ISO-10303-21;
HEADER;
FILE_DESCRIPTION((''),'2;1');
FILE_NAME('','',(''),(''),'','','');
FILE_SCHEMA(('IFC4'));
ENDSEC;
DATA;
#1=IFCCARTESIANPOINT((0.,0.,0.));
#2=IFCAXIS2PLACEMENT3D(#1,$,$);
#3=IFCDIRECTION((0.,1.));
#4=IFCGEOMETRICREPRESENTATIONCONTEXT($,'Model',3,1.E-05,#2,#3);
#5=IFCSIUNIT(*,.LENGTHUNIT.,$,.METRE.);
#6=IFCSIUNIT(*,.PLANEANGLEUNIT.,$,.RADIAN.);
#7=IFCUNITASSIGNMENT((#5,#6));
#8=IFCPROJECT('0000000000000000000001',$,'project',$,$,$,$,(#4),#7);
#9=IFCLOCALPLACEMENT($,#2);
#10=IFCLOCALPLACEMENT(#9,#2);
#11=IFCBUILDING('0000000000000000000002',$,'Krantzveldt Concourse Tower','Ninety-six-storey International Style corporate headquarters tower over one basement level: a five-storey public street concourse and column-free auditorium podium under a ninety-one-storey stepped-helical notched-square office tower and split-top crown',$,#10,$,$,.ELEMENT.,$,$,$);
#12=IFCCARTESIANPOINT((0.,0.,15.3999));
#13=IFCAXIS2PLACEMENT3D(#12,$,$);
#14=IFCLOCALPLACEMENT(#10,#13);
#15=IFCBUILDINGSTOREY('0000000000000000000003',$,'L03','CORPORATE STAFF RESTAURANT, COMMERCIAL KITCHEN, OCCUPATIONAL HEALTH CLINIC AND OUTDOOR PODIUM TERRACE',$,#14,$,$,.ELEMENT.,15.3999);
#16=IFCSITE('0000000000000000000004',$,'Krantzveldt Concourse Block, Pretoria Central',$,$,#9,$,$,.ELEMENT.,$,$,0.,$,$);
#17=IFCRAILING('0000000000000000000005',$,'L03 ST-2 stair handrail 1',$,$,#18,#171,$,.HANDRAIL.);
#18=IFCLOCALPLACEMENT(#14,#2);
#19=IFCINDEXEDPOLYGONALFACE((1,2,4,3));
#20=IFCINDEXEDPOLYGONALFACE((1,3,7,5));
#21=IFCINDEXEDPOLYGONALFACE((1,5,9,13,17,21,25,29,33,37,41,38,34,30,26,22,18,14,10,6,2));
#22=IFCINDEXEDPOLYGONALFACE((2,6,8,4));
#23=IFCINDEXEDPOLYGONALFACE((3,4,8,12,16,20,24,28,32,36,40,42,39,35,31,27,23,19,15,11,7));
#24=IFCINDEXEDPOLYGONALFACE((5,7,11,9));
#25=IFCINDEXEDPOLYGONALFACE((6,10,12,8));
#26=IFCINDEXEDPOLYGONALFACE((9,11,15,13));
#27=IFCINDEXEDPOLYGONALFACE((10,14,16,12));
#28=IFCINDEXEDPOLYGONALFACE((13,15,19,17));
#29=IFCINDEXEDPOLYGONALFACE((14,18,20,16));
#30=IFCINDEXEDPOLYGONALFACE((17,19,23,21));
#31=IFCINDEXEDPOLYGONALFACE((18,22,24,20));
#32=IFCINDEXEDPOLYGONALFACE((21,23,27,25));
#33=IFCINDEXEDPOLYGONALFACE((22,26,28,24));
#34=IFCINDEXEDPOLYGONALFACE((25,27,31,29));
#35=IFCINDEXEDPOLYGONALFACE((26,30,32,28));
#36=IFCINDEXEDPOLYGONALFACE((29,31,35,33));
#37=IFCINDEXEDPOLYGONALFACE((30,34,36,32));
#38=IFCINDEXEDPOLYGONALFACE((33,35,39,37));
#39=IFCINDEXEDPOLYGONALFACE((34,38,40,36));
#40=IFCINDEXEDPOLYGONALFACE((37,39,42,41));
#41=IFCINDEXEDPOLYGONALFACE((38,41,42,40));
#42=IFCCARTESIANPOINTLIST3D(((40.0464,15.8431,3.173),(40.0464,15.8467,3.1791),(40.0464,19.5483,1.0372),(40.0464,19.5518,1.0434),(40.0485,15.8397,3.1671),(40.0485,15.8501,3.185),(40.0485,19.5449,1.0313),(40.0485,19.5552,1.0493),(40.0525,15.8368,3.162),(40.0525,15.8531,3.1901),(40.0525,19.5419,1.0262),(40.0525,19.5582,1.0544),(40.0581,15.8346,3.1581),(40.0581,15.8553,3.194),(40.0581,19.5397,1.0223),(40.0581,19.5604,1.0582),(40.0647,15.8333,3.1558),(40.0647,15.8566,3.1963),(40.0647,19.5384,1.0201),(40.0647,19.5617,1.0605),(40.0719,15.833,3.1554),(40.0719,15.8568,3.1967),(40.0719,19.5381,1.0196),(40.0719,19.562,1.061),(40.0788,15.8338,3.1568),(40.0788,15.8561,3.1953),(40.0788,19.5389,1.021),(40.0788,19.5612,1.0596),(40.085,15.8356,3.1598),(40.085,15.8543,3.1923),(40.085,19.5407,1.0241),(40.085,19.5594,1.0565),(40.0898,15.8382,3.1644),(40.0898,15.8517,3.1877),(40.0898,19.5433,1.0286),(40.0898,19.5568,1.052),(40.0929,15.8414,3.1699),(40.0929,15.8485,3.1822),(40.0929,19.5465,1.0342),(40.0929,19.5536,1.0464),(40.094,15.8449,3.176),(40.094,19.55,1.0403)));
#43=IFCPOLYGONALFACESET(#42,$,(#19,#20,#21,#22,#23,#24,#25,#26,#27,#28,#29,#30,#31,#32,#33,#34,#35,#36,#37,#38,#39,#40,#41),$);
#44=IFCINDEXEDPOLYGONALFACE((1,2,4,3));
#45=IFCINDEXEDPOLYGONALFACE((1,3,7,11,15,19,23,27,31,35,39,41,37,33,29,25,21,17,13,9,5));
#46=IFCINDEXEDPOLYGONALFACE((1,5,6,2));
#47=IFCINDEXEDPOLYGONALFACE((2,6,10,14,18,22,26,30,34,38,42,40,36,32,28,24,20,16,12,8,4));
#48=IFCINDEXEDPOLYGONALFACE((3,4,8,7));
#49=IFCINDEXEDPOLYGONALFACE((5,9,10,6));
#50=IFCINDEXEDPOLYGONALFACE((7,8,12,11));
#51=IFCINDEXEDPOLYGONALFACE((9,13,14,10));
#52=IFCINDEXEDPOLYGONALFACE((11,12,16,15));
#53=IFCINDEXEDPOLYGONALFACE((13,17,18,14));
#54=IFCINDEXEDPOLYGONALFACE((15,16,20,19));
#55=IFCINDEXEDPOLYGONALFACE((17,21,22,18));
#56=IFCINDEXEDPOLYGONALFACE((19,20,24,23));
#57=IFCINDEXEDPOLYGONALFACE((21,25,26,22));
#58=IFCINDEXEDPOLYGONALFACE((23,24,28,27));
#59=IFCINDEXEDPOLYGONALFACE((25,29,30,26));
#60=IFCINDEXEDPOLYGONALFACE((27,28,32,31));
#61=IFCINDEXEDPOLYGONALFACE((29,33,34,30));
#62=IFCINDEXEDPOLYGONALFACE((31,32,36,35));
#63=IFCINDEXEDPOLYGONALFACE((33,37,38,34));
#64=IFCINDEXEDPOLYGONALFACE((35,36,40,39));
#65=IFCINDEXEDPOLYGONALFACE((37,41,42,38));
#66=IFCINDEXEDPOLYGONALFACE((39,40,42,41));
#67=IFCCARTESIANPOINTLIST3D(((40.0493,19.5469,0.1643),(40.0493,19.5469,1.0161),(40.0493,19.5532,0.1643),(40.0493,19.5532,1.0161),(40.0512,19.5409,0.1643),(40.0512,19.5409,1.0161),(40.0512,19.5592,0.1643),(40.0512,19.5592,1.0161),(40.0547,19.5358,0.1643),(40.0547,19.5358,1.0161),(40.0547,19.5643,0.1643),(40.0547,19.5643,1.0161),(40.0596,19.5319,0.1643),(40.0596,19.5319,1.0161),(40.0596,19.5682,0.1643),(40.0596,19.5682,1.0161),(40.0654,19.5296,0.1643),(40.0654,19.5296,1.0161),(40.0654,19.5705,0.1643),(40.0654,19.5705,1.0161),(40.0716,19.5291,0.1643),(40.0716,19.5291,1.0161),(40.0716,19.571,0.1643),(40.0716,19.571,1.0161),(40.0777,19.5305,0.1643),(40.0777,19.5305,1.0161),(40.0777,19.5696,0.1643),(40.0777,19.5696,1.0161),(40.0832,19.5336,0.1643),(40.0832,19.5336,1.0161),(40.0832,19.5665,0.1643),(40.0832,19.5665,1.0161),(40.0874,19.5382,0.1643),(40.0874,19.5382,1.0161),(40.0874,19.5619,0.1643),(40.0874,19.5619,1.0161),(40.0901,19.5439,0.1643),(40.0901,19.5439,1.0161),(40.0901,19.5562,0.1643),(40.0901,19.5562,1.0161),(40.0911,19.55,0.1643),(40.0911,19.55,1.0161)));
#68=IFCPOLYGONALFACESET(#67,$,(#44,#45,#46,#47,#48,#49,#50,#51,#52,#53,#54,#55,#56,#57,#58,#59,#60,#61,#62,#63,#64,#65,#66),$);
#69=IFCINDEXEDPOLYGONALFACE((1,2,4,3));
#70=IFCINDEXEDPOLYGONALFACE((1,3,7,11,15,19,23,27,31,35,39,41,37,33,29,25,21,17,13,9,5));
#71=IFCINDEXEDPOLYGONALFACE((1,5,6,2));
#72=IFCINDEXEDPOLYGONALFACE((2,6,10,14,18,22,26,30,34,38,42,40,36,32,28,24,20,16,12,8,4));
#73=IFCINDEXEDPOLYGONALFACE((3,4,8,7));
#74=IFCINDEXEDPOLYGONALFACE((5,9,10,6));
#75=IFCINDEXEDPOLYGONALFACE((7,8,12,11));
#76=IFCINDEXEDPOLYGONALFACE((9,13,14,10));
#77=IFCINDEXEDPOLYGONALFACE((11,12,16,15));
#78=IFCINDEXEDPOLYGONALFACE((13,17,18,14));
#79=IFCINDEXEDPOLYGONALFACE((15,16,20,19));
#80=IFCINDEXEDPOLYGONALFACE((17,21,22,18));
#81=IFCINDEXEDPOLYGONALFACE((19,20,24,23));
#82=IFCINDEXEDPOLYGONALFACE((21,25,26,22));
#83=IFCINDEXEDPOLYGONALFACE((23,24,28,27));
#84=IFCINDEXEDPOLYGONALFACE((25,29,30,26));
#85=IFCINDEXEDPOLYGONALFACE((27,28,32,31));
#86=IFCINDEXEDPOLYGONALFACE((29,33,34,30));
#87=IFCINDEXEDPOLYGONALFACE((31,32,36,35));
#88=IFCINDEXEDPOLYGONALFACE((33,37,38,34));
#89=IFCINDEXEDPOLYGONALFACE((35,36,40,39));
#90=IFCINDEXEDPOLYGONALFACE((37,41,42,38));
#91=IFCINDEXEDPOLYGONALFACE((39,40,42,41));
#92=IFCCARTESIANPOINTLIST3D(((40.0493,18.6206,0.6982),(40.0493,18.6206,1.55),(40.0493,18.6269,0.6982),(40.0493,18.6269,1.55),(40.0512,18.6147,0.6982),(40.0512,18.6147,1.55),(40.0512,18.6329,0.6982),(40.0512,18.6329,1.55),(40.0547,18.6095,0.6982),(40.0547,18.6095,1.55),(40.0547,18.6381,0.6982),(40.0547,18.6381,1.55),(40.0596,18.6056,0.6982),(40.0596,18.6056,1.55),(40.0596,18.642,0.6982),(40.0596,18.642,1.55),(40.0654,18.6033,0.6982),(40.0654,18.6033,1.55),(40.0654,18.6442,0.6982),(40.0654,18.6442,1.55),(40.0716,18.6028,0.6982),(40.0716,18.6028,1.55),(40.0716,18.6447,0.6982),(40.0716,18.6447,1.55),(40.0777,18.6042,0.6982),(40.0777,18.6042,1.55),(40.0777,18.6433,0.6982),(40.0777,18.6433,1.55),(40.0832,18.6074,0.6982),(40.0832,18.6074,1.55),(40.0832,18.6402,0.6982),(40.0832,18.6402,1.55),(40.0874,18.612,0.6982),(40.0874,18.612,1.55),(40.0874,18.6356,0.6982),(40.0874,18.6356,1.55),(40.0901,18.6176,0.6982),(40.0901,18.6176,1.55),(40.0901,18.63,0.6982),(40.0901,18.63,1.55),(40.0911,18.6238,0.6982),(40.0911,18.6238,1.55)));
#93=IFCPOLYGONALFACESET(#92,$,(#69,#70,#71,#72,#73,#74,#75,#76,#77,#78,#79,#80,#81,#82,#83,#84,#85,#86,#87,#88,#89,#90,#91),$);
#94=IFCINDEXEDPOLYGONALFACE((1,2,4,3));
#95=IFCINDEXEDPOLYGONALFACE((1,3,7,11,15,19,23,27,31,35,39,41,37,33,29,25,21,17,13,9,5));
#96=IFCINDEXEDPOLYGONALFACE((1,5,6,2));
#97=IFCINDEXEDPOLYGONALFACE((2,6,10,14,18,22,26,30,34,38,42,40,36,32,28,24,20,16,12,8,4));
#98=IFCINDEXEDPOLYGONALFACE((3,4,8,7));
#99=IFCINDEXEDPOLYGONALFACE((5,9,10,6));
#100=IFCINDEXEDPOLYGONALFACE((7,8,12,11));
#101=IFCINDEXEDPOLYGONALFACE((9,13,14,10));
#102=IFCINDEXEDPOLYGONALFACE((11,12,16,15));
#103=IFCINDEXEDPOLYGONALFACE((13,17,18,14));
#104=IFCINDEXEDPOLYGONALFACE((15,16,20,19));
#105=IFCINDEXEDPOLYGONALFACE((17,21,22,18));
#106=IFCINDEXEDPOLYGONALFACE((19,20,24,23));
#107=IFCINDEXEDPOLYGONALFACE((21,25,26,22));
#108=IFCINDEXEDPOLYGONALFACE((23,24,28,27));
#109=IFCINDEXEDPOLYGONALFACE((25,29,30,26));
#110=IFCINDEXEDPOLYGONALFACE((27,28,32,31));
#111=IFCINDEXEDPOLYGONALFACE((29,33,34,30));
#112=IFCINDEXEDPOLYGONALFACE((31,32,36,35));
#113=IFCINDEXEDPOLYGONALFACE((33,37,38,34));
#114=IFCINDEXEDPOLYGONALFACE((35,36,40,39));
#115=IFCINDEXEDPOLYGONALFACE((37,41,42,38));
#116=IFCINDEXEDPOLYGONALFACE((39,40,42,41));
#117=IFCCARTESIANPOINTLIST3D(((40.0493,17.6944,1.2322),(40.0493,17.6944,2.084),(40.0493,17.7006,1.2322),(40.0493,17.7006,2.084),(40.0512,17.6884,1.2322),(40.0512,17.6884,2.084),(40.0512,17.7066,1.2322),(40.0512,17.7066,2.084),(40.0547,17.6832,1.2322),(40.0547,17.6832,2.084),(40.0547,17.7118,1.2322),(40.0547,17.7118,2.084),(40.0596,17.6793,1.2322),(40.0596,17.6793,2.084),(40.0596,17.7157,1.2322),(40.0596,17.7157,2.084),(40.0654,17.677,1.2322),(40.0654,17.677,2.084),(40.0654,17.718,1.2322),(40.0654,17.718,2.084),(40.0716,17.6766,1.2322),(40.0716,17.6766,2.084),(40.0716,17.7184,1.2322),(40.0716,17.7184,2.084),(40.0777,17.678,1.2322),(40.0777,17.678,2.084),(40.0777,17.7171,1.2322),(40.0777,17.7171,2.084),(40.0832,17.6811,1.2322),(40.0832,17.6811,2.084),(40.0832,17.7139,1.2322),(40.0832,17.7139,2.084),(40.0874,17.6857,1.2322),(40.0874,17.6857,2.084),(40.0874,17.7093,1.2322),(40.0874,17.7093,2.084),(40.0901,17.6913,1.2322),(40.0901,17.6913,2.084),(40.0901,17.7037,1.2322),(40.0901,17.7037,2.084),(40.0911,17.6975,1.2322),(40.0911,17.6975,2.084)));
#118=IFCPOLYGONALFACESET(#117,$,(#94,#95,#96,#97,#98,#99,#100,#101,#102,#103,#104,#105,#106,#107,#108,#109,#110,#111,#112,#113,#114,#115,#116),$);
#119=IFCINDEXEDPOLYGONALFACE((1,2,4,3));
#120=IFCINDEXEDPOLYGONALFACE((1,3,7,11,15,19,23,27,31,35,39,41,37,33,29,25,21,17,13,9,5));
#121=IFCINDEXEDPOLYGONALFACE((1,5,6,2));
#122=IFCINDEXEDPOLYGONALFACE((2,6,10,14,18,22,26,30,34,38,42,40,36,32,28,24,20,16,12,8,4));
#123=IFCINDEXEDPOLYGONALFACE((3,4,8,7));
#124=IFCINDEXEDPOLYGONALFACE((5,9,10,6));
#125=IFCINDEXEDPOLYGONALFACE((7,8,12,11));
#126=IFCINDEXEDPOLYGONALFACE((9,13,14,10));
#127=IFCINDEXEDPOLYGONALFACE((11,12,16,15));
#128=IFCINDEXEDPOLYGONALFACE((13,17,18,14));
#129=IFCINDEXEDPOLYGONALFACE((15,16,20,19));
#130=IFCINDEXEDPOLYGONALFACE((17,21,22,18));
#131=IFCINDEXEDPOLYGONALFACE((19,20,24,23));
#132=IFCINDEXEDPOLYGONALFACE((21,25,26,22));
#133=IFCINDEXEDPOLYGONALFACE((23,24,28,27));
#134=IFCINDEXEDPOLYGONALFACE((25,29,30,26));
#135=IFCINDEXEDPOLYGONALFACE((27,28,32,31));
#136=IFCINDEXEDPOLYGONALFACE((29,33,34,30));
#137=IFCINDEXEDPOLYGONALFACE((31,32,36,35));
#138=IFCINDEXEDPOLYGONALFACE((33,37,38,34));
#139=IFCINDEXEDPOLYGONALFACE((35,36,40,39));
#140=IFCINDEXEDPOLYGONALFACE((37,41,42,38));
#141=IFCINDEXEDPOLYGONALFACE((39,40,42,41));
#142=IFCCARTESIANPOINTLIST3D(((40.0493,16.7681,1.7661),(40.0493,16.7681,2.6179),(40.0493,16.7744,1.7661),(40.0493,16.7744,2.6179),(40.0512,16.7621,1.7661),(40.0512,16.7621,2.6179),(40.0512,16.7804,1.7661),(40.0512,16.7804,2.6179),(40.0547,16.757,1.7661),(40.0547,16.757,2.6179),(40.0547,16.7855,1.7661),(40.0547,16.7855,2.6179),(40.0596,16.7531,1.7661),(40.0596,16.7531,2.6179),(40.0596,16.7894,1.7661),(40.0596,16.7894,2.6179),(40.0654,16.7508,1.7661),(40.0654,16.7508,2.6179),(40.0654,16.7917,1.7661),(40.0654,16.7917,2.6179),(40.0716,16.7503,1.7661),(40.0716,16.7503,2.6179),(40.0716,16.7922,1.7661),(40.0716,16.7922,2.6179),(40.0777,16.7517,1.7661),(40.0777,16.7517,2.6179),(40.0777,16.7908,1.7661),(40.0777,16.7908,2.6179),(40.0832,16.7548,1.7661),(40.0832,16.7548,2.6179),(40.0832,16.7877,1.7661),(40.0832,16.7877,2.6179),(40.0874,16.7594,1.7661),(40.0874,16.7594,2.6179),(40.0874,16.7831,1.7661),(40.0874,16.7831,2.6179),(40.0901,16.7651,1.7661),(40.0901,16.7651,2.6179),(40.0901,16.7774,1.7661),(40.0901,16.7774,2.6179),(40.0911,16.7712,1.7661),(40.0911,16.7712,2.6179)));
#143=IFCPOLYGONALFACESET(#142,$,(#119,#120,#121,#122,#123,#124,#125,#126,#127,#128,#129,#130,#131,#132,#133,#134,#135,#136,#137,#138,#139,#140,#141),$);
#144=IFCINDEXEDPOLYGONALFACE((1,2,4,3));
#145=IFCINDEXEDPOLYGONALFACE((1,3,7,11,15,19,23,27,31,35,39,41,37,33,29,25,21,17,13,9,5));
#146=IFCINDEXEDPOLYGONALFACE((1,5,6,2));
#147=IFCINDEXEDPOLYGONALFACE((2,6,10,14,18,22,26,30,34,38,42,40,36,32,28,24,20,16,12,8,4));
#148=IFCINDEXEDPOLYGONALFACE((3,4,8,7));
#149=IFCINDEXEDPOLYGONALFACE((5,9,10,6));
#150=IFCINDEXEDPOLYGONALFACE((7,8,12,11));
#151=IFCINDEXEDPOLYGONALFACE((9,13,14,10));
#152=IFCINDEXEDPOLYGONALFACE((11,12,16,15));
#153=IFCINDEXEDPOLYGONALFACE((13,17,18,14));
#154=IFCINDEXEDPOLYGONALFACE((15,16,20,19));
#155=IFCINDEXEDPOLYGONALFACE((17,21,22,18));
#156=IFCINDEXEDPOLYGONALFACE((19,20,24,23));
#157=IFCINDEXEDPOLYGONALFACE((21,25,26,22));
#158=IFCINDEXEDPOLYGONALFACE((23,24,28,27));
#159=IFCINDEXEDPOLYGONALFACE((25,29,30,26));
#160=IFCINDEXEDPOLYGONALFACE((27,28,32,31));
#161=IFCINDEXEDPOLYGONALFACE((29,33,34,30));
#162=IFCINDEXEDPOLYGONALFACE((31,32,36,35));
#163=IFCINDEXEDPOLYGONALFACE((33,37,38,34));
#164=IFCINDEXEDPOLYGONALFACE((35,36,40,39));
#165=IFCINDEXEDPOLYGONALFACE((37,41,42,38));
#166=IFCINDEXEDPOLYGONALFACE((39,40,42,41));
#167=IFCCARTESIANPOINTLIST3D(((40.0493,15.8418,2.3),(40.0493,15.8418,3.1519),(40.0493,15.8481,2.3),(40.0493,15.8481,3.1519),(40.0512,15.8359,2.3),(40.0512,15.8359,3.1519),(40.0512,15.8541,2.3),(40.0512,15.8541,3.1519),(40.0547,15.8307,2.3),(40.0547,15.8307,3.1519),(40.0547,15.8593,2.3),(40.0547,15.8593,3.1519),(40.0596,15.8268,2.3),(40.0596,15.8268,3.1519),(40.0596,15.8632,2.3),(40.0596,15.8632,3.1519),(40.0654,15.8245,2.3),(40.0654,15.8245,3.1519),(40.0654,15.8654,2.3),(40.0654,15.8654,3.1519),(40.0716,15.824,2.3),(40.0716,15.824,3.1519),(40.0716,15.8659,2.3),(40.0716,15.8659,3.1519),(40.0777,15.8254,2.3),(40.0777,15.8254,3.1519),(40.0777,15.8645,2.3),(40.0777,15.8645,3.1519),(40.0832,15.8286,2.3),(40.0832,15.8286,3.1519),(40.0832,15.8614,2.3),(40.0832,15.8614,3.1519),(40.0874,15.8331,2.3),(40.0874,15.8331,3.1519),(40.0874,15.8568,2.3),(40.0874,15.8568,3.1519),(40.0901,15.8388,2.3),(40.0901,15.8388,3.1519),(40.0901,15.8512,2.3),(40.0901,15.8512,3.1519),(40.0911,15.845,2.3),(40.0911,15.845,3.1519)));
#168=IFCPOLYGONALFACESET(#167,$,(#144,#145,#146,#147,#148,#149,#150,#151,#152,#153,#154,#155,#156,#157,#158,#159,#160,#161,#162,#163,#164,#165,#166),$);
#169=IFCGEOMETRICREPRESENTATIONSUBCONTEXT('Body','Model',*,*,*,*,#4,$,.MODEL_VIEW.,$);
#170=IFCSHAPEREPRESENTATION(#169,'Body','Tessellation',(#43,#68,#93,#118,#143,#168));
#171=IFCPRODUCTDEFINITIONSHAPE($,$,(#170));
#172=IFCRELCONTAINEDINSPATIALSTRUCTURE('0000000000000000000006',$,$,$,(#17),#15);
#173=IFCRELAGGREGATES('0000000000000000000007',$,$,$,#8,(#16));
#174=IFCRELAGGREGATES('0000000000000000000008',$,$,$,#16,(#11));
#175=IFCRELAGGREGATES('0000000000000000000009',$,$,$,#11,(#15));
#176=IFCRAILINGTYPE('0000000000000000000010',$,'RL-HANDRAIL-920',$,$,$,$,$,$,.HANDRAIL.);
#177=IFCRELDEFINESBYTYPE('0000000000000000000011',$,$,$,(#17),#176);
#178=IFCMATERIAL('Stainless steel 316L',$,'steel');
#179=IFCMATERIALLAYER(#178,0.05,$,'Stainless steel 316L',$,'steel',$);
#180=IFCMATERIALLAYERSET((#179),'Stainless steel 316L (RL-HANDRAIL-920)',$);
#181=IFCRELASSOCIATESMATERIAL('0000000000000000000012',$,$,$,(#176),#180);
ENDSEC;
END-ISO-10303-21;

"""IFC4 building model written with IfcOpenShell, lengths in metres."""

from ifc_helpers import new_model, si_unit, direction, frame, origin, origin_2d, place, context, subcontext, project, spatial, circle, extrude, material, layer, layer_set, type_object, element, save


model = new_model("IFC4")

# Units and contexts
model_context = context("Model", 3, precision=1e-05, world=origin(), true_north=direction((0.0, 1.0)))
body_context = subcontext(model_context, "Body", "Model", "MODEL_VIEW")
ifc_project = project(units=[si_unit("LENGTHUNIT", "METRE"), si_unit("PLANEANGLEUNIT", "RADIAN")], contexts=[model_context])

# Site, building, storey
site_placement = place(None, origin())
site = spatial("IfcSite", under=ifc_project, at=site_placement, Name="Krantzveldt Concourse Block, Pretoria Central", CompositionType="ELEMENT", RefElevation=0.0)
building_placement = place(site_placement, origin())
building = spatial("IfcBuilding", under=site, at=building_placement, Name="Krantzveldt Concourse Tower", Description="Ninety-six-storey International Style corporate headquarters tower over one basement level: a five-storey public street concourse and column-free auditorium podium under a ninety-one-storey stepped-helical notched-square office tower and split-top crown", CompositionType="ELEMENT")
storey_placement = place(building_placement, frame((0.0, 0.0, 15.3999)))
storey = spatial("IfcBuildingStorey", under=building, at=storey_placement, Name="L03", Description="CORPORATE STAFF RESTAURANT, COMMERCIAL KITCHEN, OCCUPATIONAL HEALTH CLINIC AND OUTDOOR PODIUM TERRACE", CompositionType="ELEMENT", Elevation=15.3999)

# Shared definitions
ifc_material_1 = material(Name="Stainless steel 316L", Category="steel")

# Railing
ifc_layer_1 = layer(ifc_material_1, 0.05, Name="Stainless steel 316L", Category="steel")
ifc_layer_set_1 = layer_set([ifc_layer_1], Name="Stainless steel 316L (RL-HANDRAIL-920)")
railing_type_1 = type_object("IfcRailingType", Name="RL-HANDRAIL-920", PredefinedType="HANDRAIL", material=ifc_layer_set_1)
railing_1_placement = place(storey_placement, frame((40.0701, 19.55, 0.1643)))
element("IfcRailing", 1, at=railing_1_placement, inside=storey, type_object=railing_type_1, Name="L03 ST-2 stair handrail 1", PredefinedType="HANDRAIL", context=body_context, shape_type="SweptSolid", body=[
    extrude(circle(Radius=0.0239, at=origin_2d()), frame((0.0, 0.0, 0.876), z_axis=(0.0, -0.866368, 0.499406), x_axis=(1.0, 0.0, 0.0)), (0.0, 0.0, 1.0), 4.2766),
    extrude(circle(Radius=0.021, at=origin_2d()), origin(), (0.0, 0.0, 1.0), 0.8518),
    extrude(circle(Radius=0.021, at=origin_2d()), frame((0.0, -0.9263, 0.5339)), (0.0, 0.0, 1.0), 0.8518),
    extrude(circle(Radius=0.021, at=origin_2d()), frame((0.0, -1.8525, 1.0679)), (0.0, 0.0, 1.0), 0.8518),
    extrude(circle(Radius=0.021, at=origin_2d()), frame((0.0, -2.7788, 1.6018)), (0.0, 0.0, 1.0), 0.8518),
    extrude(circle(Radius=0.021, at=origin_2d()), frame((0.0, -3.7051, 2.1357)), (0.0, 0.0, 1.0), 0.8518),
])

save(model, "model.ifc")
